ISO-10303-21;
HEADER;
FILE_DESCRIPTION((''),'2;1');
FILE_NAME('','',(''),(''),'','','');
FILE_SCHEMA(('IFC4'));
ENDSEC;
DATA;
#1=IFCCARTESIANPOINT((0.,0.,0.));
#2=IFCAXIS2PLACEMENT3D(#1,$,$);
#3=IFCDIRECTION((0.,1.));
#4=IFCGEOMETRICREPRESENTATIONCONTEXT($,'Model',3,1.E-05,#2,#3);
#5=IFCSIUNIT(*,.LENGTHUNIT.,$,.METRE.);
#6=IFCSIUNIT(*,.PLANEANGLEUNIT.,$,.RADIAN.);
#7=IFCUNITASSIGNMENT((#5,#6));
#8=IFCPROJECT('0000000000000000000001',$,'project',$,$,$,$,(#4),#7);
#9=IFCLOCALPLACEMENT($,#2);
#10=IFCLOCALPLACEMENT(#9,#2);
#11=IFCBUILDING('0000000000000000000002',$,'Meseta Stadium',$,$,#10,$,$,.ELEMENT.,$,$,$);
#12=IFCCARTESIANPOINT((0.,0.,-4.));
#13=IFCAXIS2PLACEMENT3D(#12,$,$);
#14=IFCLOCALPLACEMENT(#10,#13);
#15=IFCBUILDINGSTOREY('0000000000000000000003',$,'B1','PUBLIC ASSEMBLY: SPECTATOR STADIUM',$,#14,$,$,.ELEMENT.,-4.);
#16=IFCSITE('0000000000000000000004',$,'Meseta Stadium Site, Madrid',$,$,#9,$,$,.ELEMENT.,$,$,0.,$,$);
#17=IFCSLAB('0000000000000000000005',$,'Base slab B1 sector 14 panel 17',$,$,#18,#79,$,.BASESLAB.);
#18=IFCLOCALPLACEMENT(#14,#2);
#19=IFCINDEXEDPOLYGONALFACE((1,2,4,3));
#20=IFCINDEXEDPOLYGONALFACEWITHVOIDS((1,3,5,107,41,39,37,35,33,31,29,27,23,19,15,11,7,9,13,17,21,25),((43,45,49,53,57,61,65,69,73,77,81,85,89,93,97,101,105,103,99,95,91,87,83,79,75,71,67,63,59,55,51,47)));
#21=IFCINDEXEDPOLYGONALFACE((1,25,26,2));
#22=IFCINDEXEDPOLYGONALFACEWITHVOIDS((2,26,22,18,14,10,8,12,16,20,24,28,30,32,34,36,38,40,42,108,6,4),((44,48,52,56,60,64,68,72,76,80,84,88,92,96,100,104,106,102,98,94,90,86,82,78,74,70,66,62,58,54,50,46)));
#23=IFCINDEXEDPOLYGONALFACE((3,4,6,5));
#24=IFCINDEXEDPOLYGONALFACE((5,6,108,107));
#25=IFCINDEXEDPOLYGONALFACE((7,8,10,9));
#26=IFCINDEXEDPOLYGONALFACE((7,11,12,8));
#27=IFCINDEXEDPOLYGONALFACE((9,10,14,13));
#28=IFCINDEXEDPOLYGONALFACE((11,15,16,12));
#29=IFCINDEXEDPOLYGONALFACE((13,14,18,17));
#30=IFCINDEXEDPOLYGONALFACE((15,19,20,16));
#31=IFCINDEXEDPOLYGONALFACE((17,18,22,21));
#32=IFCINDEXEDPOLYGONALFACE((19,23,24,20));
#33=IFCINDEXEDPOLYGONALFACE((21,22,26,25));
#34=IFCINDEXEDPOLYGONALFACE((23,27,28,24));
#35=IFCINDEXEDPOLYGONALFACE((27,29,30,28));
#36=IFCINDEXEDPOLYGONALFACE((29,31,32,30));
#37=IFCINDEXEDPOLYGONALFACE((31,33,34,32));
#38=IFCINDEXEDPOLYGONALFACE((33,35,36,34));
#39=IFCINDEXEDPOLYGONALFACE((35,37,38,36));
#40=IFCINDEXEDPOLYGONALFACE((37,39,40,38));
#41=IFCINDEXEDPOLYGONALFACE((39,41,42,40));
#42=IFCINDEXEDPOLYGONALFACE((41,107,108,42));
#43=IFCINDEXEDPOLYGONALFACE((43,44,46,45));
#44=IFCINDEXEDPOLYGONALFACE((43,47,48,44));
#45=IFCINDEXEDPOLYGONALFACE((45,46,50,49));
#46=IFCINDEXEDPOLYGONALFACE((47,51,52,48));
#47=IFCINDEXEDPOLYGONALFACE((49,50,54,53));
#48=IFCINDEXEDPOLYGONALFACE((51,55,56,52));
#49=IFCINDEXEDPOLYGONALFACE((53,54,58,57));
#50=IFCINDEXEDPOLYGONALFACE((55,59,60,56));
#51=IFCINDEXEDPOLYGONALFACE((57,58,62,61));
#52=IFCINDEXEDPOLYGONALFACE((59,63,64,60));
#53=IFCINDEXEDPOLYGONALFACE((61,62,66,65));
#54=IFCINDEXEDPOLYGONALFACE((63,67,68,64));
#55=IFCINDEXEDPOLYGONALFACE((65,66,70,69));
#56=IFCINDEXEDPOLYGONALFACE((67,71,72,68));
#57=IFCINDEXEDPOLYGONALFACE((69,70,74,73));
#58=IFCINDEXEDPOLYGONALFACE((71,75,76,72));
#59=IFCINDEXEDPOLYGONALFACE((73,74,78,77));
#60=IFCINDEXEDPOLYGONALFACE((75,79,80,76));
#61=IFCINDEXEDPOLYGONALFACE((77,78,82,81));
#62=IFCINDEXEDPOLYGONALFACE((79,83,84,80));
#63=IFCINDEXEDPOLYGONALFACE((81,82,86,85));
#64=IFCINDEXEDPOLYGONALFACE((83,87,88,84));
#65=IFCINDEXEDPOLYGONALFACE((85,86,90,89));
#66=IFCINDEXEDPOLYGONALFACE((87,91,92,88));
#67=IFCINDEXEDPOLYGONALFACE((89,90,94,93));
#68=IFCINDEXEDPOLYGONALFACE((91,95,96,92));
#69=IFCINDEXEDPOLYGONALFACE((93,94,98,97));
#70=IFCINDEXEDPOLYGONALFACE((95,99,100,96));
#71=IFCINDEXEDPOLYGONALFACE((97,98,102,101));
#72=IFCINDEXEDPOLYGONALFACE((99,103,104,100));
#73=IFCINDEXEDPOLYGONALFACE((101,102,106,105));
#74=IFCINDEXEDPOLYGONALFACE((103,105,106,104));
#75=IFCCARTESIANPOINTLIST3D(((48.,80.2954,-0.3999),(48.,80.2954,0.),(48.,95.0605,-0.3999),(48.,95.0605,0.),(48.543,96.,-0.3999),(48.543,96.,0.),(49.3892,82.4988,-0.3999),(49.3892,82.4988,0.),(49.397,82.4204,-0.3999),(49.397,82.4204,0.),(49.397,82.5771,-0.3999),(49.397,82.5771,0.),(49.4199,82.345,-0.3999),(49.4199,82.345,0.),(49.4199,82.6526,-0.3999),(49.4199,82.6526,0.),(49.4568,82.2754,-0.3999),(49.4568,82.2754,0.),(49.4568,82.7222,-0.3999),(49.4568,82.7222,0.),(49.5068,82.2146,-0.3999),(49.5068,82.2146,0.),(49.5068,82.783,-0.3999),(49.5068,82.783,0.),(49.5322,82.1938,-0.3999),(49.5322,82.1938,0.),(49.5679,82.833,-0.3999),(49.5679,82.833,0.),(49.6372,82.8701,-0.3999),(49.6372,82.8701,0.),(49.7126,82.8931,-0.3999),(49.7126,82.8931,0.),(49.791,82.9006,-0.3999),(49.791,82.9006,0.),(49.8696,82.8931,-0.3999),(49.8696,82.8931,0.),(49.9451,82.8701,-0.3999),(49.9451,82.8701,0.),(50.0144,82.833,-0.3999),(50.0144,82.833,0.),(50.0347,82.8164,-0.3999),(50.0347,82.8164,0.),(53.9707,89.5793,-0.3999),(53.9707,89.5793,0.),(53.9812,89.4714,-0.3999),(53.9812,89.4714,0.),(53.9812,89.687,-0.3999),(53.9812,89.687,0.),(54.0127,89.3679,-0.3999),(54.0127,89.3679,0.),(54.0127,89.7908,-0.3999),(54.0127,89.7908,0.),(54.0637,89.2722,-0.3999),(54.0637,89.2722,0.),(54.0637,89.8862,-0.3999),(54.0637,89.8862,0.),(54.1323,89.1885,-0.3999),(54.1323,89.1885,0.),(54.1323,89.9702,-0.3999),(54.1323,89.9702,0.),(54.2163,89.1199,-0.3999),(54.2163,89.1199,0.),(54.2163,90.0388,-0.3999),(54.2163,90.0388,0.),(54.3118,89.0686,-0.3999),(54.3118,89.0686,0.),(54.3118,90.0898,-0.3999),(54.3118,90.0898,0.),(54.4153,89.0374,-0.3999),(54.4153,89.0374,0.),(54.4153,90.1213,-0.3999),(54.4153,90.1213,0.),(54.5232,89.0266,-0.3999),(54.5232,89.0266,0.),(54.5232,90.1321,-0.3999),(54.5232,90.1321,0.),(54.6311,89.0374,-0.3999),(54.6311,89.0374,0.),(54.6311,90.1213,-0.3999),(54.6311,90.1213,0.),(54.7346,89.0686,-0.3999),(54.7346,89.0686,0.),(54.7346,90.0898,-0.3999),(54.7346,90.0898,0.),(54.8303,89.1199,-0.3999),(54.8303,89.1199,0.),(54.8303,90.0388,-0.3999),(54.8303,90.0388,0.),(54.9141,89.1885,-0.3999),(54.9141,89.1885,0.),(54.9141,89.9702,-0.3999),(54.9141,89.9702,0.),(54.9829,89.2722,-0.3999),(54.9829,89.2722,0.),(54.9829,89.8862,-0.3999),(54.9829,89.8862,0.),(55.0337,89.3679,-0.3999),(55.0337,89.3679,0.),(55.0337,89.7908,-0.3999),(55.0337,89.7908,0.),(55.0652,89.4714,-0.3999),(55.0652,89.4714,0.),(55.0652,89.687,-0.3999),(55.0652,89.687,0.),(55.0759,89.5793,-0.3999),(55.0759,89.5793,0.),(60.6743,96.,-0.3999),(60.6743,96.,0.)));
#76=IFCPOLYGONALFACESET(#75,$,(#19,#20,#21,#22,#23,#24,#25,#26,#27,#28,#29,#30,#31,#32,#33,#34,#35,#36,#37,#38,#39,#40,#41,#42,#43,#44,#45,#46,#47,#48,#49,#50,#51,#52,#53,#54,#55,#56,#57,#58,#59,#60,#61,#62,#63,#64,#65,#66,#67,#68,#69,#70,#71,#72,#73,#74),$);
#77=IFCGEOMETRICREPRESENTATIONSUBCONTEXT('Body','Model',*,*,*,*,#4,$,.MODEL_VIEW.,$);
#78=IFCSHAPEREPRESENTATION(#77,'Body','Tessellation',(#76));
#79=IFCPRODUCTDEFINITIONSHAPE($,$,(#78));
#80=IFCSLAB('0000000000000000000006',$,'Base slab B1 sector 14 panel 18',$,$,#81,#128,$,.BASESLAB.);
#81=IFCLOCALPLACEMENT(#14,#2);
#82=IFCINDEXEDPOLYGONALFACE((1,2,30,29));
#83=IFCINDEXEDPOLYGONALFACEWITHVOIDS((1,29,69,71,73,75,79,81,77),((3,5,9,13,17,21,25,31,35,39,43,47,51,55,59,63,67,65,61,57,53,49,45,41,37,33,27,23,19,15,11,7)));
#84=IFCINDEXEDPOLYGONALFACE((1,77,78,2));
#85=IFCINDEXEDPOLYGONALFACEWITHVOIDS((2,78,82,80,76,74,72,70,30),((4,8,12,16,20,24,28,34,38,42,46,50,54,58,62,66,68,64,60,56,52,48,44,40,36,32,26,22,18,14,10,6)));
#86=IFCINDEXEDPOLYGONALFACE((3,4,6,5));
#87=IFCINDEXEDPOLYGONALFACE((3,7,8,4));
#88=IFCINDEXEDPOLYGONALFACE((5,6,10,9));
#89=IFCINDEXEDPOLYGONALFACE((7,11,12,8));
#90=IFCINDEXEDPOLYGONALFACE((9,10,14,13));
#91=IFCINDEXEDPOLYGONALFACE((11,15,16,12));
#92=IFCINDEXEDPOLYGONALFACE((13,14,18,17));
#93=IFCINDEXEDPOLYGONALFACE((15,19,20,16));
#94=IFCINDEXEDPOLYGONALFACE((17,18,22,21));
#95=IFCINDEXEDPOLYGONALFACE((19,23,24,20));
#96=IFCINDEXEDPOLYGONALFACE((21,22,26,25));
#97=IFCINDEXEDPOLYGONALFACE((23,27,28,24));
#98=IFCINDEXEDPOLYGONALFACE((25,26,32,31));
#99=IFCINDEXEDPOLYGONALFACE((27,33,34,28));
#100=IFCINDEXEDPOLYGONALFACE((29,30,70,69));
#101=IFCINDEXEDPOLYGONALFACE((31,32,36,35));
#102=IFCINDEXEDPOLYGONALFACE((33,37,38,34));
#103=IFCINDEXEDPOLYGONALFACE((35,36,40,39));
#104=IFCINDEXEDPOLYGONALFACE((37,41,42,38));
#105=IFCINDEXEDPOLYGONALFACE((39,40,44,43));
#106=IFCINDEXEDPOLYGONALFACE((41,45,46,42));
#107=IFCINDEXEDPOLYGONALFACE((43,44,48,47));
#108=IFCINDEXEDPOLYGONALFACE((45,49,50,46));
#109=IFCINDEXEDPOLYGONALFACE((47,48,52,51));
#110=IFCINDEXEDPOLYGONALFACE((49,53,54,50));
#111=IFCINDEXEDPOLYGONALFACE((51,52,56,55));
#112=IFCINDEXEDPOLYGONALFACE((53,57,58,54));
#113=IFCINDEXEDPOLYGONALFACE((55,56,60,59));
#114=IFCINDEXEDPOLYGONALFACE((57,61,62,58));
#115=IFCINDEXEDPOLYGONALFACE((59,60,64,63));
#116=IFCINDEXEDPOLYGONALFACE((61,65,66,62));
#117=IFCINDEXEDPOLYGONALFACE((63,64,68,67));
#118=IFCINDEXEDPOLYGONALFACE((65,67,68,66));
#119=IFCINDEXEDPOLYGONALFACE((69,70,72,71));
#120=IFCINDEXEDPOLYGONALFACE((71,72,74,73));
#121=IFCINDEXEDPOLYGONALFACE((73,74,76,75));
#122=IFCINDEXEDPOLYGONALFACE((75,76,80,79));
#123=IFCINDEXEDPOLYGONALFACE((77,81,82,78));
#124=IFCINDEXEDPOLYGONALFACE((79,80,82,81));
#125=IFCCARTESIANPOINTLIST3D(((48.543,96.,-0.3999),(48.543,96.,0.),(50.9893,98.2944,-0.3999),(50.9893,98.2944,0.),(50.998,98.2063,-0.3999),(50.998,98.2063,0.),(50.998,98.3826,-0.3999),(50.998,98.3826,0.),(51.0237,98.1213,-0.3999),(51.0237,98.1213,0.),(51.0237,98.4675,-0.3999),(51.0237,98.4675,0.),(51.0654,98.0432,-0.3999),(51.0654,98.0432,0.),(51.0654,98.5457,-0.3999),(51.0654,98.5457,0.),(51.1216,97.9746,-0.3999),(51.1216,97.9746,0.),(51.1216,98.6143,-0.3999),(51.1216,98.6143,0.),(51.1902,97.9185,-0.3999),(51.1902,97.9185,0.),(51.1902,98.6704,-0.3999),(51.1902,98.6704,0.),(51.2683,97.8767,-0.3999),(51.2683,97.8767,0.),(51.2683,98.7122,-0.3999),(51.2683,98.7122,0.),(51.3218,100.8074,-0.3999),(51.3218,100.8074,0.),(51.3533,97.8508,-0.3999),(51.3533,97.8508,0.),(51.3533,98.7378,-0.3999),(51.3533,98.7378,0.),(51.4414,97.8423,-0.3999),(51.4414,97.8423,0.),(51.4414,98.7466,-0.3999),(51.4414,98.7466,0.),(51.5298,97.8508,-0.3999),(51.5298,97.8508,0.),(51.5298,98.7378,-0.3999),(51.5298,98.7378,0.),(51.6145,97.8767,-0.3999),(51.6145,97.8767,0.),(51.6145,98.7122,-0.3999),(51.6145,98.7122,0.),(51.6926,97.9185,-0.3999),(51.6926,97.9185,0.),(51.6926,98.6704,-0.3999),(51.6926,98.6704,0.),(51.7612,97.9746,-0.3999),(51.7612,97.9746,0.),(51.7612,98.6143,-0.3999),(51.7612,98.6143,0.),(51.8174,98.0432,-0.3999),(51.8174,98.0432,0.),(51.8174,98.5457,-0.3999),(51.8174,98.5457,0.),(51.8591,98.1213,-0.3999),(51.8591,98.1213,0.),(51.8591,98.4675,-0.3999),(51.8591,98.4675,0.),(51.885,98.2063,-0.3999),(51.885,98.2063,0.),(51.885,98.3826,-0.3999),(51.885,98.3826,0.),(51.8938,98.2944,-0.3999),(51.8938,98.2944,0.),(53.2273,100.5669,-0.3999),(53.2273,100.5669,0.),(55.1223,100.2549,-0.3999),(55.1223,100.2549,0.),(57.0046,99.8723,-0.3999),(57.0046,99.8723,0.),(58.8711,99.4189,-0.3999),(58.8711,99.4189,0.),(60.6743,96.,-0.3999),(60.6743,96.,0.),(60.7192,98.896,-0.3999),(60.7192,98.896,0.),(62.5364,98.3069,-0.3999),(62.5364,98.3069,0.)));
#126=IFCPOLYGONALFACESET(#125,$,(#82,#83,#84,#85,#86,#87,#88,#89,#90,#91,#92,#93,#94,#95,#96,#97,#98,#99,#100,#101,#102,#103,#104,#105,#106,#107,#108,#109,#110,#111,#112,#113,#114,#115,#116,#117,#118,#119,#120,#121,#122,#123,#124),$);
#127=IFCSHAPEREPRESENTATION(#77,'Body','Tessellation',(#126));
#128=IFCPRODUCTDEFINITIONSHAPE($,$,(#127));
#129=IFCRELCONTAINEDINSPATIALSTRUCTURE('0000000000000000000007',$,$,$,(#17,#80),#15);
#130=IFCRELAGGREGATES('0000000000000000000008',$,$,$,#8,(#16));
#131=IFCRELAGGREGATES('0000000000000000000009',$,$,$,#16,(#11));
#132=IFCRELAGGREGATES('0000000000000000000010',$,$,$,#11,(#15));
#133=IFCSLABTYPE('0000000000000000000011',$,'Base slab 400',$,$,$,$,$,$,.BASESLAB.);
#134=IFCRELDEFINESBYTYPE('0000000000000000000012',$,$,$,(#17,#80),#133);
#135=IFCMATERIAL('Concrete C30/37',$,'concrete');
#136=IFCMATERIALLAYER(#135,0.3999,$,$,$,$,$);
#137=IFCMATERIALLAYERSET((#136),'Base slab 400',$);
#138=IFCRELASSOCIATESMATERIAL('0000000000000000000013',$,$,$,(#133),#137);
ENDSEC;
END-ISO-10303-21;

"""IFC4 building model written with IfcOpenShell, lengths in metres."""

from ifc_helpers import new_model, si_unit, direction, frame, origin, place, context, subcontext, project, spatial, polyline, outline, extrude, material, layer, layer_set, type_object, element, save


model = new_model("IFC4")

# Units and contexts
model_context = context("Model", 3, precision=1e-05, world=origin(), true_north=direction((0.0, 1.0)))
body_context = subcontext(model_context, "Body", "Model", "MODEL_VIEW")
ifc_project = project(units=[si_unit("LENGTHUNIT", "METRE"), si_unit("PLANEANGLEUNIT", "RADIAN")], contexts=[model_context])

# Site, building, storey
site_placement = place(None, origin())
site = spatial("IfcSite", under=ifc_project, at=site_placement, Name="Meseta Stadium Site, Madrid", CompositionType="ELEMENT", RefElevation=0.0)
building_placement = place(site_placement, origin())
building = spatial("IfcBuilding", under=site, at=building_placement, Name="Meseta Stadium", CompositionType="ELEMENT")
storey_placement = place(building_placement, frame((0.0, 0.0, -4.0)))
storey = spatial("IfcBuildingStorey", under=building, at=storey_placement, Name="B1", Description="PUBLIC ASSEMBLY: SPECTATOR STADIUM", CompositionType="ELEMENT", Elevation=-4.0)

# Slabs
ifc_material_1 = material(Name="Concrete C30/37", Category="concrete")
ifc_layer = layer(ifc_material_1, 0.3999)
ifc_layer_set = layer_set([ifc_layer], Name="Base slab 400")
slab_type = type_object("IfcSlabType", Name="Base slab 400", PredefinedType="BASESLAB", material=ifc_layer_set)
slab_1_placement = place(storey_placement, frame((0.0, 0.0, -0.3999)))
element("IfcSlab", 1, at=slab_1_placement, inside=storey, type_object=slab_type, Name="Base slab B1 sector 14 panel 17", PredefinedType="BASESLAB", context=body_context, shape_type="SweptSolid", body=[
    extrude(outline(polyline([(50.0144, 82.833), (50.0347, 82.8164), (60.6743, 96.0), (48.543, 96.0), (48.0, 95.0605), (48.0, 80.2954), (49.5322, 82.1938), (49.5068, 82.2146), (49.4568, 82.2754), (49.4199, 82.345), (49.397, 82.4204), (49.3892, 82.4988), (49.397, 82.5771), (49.4199, 82.6526), (49.4568, 82.7222), (49.5068, 82.783), (49.5679, 82.833), (49.6372, 82.8701), (49.7126, 82.8931), (49.791, 82.9006), (49.8696, 82.8931), (49.9451, 82.8701), (50.0144, 82.833)]), holes=[polyline([(54.7346, 89.0686), (54.6311, 89.0374), (54.5232, 89.0266), (54.4153, 89.0374), (54.3118, 89.0686), (54.2163, 89.1199), (54.1323, 89.1885), (54.0637, 89.2722), (54.0127, 89.3679), (53.9812, 89.4714), (53.9707, 89.5793), (53.9812, 89.687), (54.0127, 89.7908), (54.0637, 89.8862), (54.1323, 89.9702), (54.2163, 90.0388), (54.3118, 90.0898), (54.4153, 90.1213), (54.5232, 90.1321), (54.6311, 90.1213), (54.7346, 90.0898), (54.8303, 90.0388), (54.9141, 89.9702), (54.9829, 89.8862), (55.0337, 89.7908), (55.0652, 89.687), (55.0759, 89.5793), (55.0652, 89.4714), (55.0337, 89.3679), (54.9829, 89.2722), (54.9141, 89.1885), (54.8303, 89.1199), (54.7346, 89.0686)])]), origin(), (0.0, 0.0, 1.0), 0.3999),
])
slab_2_placement = place(storey_placement, frame((0.0, 0.0, -0.3999)))
element("IfcSlab", 2, at=slab_2_placement, inside=storey, type_object=slab_type, Name="Base slab B1 sector 14 panel 18", PredefinedType="BASESLAB", context=body_context, shape_type="SweptSolid", body=[
    extrude(outline(polyline([(55.1223, 100.2549), (53.2273, 100.5669), (51.3218, 100.8074), (48.543, 96.0), (60.6743, 96.0), (62.5364, 98.3069), (60.7192, 98.896), (58.8711, 99.4189), (57.0046, 99.8723), (55.1223, 100.2549)]), holes=[polyline([(51.6145, 97.8767), (51.5298, 97.8508), (51.4414, 97.8423), (51.3533, 97.8508), (51.2683, 97.8767), (51.1902, 97.9185), (51.1216, 97.9746), (51.0654, 98.0432), (51.0237, 98.1213), (50.998, 98.2063), (50.9893, 98.2944), (50.998, 98.3826), (51.0237, 98.4675), (51.0654, 98.5457), (51.1216, 98.6143), (51.1902, 98.6704), (51.2683, 98.7122), (51.3533, 98.7378), (51.4414, 98.7466), (51.5298, 98.7378), (51.6145, 98.7122), (51.6926, 98.6704), (51.7612, 98.6143), (51.8174, 98.5457), (51.8591, 98.4675), (51.885, 98.3826), (51.8938, 98.2944), (51.885, 98.2063), (51.8591, 98.1213), (51.8174, 98.0432), (51.7612, 97.9746), (51.6926, 97.9185), (51.6145, 97.8767)])]), origin(), (0.0, 0.0, 1.0), 0.3999),
])

save(model, "model.ifc")
